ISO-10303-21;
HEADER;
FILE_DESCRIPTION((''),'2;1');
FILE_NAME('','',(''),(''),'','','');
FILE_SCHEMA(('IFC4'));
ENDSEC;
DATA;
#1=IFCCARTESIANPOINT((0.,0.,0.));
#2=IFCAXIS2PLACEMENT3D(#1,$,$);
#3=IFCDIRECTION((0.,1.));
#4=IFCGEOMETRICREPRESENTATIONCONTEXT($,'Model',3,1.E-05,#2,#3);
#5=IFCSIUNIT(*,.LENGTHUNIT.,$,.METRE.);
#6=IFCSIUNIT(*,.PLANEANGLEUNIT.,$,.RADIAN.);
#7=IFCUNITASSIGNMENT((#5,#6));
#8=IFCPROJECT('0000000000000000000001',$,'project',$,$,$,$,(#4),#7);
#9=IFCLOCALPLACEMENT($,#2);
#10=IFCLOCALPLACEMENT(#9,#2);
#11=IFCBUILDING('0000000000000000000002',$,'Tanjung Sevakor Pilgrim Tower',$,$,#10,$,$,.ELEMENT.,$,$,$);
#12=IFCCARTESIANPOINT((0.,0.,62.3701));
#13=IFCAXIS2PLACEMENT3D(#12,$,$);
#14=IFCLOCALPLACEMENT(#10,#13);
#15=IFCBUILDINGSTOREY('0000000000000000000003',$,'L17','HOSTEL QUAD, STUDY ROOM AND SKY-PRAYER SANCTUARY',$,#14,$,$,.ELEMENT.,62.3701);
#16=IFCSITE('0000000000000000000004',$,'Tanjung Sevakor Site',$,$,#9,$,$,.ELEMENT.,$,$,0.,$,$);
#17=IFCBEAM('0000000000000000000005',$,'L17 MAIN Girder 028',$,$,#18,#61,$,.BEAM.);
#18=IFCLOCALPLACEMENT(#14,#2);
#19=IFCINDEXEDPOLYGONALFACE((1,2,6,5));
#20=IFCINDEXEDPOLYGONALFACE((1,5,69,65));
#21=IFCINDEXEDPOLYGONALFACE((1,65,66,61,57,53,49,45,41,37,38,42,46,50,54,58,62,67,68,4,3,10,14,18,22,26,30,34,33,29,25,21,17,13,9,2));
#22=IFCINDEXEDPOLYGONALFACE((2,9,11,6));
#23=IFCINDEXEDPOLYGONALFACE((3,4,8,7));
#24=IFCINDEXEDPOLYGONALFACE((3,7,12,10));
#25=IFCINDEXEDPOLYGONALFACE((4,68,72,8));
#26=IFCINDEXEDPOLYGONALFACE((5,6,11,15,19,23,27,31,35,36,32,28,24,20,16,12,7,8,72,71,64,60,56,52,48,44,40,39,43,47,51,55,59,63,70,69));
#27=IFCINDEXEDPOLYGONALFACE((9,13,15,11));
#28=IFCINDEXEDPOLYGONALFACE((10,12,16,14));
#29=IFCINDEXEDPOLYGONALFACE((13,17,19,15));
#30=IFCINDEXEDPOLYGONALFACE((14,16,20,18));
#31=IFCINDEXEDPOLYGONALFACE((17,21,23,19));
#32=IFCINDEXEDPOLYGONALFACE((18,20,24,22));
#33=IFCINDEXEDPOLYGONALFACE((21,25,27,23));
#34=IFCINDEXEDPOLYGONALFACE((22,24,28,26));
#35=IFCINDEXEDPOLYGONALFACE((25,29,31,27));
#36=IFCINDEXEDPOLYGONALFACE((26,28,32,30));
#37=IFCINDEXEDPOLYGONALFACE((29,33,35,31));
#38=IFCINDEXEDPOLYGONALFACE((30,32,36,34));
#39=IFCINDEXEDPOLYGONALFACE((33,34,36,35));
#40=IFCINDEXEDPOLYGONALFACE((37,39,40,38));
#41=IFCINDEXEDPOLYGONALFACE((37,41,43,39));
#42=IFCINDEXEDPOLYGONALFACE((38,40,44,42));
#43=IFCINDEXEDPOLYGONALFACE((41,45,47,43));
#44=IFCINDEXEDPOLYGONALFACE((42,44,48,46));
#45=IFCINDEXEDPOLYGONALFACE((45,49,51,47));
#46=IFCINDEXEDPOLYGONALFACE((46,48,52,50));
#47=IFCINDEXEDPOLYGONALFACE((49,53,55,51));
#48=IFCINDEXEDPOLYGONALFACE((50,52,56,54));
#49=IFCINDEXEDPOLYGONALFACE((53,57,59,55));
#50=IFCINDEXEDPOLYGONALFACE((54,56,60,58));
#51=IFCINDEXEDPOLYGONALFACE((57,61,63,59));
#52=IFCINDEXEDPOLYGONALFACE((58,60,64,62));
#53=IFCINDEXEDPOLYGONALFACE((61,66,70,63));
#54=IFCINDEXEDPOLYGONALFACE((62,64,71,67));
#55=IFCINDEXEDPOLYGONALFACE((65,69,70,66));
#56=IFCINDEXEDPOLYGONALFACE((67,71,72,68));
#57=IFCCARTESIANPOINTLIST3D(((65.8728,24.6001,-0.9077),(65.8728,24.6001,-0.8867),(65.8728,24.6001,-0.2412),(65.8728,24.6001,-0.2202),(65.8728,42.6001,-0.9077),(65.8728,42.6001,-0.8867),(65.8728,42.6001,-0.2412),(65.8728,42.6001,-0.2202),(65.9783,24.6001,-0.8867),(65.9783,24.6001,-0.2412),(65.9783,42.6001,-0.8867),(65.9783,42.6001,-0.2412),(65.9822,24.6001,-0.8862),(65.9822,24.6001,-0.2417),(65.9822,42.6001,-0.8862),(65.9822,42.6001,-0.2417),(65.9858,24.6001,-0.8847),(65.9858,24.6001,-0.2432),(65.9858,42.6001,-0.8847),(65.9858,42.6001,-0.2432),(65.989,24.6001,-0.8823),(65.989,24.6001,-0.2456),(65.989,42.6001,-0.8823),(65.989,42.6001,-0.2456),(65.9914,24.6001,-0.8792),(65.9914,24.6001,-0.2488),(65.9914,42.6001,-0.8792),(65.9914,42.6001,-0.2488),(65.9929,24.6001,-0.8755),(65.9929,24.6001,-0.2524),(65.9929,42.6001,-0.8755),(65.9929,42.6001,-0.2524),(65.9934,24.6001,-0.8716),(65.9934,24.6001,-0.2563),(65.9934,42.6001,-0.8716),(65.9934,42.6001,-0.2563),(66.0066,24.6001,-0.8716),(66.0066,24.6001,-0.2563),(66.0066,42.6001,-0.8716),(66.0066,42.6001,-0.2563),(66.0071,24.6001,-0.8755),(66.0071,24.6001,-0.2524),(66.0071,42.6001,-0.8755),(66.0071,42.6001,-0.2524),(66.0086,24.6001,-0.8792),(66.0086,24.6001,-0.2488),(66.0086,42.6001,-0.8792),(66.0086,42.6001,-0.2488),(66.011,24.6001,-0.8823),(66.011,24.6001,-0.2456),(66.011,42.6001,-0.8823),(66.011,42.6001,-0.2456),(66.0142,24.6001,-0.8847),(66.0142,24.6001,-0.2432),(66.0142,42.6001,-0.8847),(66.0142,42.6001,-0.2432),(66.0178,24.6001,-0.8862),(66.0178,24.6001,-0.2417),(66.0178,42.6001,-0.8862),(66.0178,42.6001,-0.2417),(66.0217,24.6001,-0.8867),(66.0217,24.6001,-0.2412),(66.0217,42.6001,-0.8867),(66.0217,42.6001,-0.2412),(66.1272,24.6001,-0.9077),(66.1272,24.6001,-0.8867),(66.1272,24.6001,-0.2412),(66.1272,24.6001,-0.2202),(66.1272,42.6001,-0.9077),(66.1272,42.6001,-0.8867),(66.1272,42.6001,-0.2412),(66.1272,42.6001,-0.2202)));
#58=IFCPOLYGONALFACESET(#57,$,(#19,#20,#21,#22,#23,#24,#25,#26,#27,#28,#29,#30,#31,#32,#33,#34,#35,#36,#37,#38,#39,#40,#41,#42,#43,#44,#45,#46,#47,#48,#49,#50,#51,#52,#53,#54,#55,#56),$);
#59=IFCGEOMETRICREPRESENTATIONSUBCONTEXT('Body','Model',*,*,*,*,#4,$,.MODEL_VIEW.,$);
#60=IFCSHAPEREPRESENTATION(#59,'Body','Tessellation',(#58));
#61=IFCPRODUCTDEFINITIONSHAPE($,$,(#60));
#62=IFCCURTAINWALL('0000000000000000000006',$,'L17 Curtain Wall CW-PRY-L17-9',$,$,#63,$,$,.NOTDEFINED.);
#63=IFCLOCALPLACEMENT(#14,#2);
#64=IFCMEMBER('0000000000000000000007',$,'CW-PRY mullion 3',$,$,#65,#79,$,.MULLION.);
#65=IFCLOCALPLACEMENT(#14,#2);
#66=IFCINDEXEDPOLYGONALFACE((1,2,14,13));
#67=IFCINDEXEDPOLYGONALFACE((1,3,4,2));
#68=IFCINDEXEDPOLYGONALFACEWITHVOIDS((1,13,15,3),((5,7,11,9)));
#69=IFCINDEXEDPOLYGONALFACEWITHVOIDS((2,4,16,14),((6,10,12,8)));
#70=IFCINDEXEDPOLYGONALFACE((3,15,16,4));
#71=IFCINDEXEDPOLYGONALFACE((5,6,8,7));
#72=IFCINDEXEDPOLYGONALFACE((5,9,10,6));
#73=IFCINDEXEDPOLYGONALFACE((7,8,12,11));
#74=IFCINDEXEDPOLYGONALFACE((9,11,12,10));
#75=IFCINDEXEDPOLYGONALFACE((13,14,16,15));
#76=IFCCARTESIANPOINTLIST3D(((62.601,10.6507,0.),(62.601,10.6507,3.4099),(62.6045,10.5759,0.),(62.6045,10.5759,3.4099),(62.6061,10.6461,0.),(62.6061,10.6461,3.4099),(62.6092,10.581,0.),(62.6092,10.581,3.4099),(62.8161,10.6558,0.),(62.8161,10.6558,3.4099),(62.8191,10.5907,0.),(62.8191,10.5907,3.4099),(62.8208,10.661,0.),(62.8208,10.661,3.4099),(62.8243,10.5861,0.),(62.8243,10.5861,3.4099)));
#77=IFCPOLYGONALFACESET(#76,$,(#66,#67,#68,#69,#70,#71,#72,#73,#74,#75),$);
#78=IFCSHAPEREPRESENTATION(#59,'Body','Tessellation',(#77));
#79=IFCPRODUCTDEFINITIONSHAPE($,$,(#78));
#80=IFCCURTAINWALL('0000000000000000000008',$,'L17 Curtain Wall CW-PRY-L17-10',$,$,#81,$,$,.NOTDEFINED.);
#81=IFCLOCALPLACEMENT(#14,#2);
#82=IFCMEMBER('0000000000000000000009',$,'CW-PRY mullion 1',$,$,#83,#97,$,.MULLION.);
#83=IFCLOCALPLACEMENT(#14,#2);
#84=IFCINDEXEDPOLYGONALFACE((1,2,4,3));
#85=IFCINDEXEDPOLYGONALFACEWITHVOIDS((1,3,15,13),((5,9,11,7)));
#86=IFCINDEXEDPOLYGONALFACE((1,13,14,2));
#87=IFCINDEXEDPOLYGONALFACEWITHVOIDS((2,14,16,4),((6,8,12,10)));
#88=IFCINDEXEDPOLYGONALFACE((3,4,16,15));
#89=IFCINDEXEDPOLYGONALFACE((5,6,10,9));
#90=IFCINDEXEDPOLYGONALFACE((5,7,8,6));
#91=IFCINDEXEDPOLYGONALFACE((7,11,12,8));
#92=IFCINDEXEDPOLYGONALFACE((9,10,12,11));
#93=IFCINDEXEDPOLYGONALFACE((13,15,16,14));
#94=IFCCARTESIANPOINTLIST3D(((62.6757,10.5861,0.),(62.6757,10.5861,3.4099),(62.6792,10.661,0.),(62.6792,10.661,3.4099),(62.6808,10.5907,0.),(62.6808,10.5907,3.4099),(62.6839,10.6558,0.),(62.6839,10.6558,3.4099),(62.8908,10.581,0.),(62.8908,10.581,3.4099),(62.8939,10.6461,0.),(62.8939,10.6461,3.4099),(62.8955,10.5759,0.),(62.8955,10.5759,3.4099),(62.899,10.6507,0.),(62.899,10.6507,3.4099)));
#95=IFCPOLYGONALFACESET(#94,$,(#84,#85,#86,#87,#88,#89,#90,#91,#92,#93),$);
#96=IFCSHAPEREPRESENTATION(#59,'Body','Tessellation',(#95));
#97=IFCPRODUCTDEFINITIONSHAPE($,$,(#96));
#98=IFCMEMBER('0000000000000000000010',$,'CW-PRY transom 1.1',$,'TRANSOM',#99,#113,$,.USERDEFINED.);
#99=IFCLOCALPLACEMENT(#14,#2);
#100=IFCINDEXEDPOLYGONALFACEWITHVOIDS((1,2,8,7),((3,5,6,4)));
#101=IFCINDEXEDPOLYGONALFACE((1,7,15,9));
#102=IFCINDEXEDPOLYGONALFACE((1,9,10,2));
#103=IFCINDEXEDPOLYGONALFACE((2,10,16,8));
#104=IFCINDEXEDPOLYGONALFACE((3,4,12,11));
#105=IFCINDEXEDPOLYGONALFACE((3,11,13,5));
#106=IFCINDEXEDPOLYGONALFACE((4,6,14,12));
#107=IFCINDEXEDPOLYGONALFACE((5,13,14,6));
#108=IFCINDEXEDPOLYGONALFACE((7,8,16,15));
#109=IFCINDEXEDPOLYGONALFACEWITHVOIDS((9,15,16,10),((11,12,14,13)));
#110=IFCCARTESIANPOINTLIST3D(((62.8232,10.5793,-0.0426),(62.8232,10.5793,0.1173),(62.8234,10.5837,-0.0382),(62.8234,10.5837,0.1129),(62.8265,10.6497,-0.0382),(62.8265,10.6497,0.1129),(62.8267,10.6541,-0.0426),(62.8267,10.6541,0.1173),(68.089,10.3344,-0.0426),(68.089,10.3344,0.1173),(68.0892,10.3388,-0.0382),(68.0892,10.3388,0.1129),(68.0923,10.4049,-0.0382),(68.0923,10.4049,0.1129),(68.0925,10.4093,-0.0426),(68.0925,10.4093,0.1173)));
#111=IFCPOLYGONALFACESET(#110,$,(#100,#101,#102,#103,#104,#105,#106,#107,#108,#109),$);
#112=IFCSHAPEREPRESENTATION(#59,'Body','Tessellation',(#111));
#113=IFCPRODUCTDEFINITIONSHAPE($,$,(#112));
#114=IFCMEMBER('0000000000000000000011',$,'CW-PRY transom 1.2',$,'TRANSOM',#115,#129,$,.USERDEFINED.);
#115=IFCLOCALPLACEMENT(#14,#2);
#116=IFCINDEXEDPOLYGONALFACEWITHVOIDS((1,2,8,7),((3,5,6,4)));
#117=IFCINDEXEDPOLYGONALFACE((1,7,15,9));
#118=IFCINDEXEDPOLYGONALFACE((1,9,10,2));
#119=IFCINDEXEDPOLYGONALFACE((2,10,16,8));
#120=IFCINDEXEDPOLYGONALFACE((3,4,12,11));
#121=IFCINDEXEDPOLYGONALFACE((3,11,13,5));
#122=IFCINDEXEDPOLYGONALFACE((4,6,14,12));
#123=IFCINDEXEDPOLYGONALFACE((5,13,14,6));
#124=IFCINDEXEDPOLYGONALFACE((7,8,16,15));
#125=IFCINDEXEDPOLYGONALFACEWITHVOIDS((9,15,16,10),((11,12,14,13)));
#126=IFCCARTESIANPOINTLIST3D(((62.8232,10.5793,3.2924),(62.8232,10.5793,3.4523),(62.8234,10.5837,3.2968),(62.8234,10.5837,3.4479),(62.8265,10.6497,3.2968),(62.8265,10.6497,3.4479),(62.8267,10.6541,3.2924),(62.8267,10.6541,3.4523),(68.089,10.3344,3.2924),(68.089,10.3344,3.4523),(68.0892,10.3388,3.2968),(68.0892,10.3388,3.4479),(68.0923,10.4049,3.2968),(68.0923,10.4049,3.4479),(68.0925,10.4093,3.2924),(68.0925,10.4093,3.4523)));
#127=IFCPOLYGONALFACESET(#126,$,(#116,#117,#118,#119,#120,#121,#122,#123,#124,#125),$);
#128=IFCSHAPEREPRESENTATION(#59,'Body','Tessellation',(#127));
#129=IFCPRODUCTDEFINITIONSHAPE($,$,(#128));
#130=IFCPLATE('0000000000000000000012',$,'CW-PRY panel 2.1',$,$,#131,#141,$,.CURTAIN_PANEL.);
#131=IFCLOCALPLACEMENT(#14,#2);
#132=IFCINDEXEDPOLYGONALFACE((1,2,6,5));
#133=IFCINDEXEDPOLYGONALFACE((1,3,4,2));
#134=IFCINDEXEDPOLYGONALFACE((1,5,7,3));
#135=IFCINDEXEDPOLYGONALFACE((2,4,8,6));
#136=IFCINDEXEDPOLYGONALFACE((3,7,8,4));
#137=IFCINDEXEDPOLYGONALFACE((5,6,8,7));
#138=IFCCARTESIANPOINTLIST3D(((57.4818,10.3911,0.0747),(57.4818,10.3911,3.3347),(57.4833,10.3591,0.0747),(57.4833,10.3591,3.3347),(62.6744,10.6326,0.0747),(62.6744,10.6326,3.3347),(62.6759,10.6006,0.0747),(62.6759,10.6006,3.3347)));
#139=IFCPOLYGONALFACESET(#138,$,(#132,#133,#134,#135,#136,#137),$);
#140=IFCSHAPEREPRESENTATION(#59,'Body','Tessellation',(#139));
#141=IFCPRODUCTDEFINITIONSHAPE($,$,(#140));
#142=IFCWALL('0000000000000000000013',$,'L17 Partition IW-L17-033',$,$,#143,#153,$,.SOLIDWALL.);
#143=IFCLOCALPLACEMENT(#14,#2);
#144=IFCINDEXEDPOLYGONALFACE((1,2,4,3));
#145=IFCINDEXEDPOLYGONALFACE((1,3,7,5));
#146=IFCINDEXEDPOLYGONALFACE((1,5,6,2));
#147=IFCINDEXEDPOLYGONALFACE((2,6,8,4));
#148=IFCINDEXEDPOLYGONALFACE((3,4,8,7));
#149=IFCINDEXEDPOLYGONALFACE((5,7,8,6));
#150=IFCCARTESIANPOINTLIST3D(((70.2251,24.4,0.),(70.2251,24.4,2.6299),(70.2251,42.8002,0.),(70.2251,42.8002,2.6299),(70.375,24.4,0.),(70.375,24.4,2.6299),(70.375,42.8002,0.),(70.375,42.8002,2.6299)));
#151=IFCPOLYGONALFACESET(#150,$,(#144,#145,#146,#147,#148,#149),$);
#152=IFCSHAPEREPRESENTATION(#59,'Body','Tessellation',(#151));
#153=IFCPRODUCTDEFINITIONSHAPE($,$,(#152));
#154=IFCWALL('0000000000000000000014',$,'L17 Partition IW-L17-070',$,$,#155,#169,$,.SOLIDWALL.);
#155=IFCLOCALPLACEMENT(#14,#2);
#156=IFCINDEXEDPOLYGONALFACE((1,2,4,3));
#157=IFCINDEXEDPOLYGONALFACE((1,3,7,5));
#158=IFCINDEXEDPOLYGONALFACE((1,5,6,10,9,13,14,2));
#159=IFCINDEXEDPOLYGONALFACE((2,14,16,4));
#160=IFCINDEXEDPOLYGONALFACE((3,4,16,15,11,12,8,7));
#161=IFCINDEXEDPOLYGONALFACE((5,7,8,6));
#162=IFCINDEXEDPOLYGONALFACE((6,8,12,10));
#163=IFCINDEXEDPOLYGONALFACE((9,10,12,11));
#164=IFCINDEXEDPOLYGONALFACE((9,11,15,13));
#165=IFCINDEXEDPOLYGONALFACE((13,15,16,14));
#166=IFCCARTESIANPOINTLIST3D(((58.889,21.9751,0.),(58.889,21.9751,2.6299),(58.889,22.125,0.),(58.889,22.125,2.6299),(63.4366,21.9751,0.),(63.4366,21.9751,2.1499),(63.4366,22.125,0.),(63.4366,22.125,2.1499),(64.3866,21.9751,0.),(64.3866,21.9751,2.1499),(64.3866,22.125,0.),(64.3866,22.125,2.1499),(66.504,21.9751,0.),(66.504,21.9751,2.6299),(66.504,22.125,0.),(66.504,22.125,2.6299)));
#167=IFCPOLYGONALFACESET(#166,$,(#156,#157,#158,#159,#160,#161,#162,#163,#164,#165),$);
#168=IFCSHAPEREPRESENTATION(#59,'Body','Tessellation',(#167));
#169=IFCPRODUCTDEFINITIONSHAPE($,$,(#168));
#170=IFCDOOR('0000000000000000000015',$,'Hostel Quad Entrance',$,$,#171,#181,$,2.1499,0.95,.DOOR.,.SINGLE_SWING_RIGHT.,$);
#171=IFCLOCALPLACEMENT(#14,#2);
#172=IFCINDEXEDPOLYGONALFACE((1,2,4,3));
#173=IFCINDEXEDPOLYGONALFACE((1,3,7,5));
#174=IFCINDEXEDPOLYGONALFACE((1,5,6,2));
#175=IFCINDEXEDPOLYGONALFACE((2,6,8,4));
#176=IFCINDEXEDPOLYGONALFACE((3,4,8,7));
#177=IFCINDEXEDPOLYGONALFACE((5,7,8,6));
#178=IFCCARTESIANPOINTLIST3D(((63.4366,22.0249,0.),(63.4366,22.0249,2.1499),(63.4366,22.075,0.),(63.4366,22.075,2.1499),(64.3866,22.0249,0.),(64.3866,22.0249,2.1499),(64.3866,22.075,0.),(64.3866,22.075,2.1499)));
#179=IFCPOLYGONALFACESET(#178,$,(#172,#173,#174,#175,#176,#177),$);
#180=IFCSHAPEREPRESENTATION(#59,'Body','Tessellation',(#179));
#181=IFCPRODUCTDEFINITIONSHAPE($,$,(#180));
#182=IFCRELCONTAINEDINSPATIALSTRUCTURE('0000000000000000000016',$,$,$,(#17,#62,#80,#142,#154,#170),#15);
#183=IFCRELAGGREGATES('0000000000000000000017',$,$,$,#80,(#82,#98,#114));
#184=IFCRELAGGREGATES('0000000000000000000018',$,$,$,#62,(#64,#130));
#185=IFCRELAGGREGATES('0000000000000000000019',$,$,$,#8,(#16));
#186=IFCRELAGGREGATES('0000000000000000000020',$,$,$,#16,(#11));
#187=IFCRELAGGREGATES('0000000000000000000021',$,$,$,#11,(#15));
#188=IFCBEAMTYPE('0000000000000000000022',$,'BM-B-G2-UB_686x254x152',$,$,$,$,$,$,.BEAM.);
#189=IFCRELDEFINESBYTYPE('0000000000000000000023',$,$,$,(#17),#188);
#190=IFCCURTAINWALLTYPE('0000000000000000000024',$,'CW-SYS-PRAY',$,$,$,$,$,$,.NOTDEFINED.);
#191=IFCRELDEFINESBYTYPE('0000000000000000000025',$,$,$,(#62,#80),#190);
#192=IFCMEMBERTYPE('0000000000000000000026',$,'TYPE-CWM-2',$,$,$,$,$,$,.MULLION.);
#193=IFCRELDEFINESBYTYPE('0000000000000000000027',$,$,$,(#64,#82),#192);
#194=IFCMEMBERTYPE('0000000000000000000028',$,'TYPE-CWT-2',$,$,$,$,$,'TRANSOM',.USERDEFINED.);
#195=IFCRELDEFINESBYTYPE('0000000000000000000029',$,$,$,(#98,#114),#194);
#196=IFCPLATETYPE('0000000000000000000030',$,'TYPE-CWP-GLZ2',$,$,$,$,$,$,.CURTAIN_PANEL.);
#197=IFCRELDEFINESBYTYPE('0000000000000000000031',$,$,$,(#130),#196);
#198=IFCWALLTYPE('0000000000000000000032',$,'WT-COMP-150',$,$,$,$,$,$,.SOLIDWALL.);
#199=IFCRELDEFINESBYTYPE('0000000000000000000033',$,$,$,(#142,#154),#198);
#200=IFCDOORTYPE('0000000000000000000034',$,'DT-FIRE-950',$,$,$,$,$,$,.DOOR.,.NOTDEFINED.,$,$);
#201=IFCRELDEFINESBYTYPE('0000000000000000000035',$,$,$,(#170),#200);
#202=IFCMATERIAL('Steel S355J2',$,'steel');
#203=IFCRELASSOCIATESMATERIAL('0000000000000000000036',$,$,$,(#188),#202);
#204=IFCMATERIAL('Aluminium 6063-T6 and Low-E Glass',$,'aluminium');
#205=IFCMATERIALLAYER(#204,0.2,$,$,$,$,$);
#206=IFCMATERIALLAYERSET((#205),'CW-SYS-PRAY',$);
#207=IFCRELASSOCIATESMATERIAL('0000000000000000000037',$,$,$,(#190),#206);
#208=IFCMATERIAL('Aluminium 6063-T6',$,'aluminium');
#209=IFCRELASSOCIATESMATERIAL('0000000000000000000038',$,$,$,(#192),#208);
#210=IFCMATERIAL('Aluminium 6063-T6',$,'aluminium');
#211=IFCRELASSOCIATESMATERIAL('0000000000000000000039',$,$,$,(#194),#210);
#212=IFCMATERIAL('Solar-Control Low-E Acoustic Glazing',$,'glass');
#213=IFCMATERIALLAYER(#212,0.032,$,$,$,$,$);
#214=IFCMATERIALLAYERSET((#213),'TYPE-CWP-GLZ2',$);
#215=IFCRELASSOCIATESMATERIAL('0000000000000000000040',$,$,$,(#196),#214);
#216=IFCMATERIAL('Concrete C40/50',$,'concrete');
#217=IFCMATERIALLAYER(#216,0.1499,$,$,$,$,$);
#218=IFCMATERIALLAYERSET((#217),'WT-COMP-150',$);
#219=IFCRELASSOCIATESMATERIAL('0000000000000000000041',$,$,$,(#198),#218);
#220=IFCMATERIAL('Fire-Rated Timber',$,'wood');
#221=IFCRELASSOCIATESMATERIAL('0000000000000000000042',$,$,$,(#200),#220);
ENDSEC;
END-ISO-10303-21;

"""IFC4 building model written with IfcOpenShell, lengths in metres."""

from ifc_helpers import new_model, si_unit, direction, frame, frame_2d, origin, origin_2d, place, context, subcontext, project, spatial, rectangle, hollow_rectangle, i_section, extrude, material, layer, layer_set, material_profile, profile_set, type_object, element, fill, aggregate, save


model = new_model("IFC4")

# Units and contexts
model_context = context("Model", 3, precision=1e-05, world=origin(), true_north=direction((0.0, 1.0)))
body_context = subcontext(model_context, "Body", "Model", "MODEL_VIEW")
ifc_project = project(units=[si_unit("LENGTHUNIT", "METRE"), si_unit("PLANEANGLEUNIT", "RADIAN")], contexts=[model_context])

# Site, building, storey
site_placement = place(None, origin())
site = spatial("IfcSite", under=ifc_project, at=site_placement, Name="Tanjung Sevakor Site", CompositionType="ELEMENT", RefElevation=0.0)
building_placement = place(site_placement, origin())
building = spatial("IfcBuilding", under=site, at=building_placement, Name="Tanjung Sevakor Pilgrim Tower", CompositionType="ELEMENT")
storey_placement = place(building_placement, frame((0.0, 0.0, 62.3701)))
storey = spatial("IfcBuildingStorey", under=building, at=storey_placement, Name="L17", Description="HOSTEL QUAD, STUDY ROOM AND SKY-PRAYER SANCTUARY", CompositionType="ELEMENT", Elevation=62.3701)

# Beam
ifc_material_1 = material(Name="Steel S355J2", Category="steel")
ifc_material_profile_1 = material_profile(ifc_material_1, i_section(OverallWidth=0.2544, OverallDepth=0.6875, WebThickness=0.0132, FlangeThickness=0.021, FilletRadius=0.0151, at=origin_2d()))
ifc_profile_set_1 = profile_set([ifc_material_profile_1], Name="Steel S355J2")
beam_type_1 = type_object("IfcBeamType", Name="BM-B-G2-UB_686x254x152", PredefinedType="BEAM", material=ifc_profile_set_1)
for number, where, z_axis, x_axis, name in (
    (1, (66.0, 24.6001, -0.564), (0.0, 1.0, 0.0), (-1.0, 0.0, 0.0), "L17 MAIN Girder 028"),
):
    element("IfcBeam", number, at=place(storey_placement, frame(where, z_axis=z_axis, x_axis=x_axis)), inside=storey, type_object=beam_type_1, Name=name, PredefinedType="BEAM", context=body_context, shape_type="SweptSolid", body=[
        extrude(i_section(OverallWidth=0.2544, OverallDepth=0.6875, WebThickness=0.0132, FlangeThickness=0.021, FilletRadius=0.0151, at=origin_2d()), origin(), (0.0, 0.0, 1.0), 18.0),
    ])

# Curtain wall, member
ifc_material_2 = material(Name="Aluminium 6063-T6 and Low-E Glass", Category="aluminium")
ifc_layer_1 = layer(ifc_material_2, 0.2)
ifc_layer_set_1 = layer_set([ifc_layer_1], Name="CW-SYS-PRAY")
curtain_wall_type = type_object("IfcCurtainWallType", Name="CW-SYS-PRAY", PredefinedType="NOTDEFINED", material=ifc_layer_set_1)
curtain_wall_1_placement = place(storey_placement, origin())
curtain_wall_1 = element("IfcCurtainWall", 2, at=curtain_wall_1_placement, inside=storey, type_object=curtain_wall_type, Name="L17 Curtain Wall CW-PRY-L17-9", PredefinedType="NOTDEFINED")
ifc_material_3 = material(Name="Aluminium 6063-T6", Category="aluminium")
ifc_material_profile_2 = material_profile(ifc_material_3, hollow_rectangle(XDim=0.075, YDim=0.22, WallThickness=0.0049, at=origin_2d()))
ifc_profile_set_2 = profile_set([ifc_material_profile_2], Name="Aluminium 6063-T6")
member_type_1 = type_object("IfcMemberType", Name="TYPE-CWM-2", PredefinedType="MULLION", material=ifc_profile_set_2)
member_1_placement = place(storey_placement, frame((62.7126, 10.6184, 0.0), z_axis=(0.0, 0.0, 1.0), x_axis=(-0.046462, 0.99892, 0.0)))
member_1 = element("IfcMember", 3, at=member_1_placement, type_object=member_type_1, Name="CW-PRY mullion 3", PredefinedType="MULLION", context=body_context, shape_type="SweptSolid", body=[
    extrude(hollow_rectangle(XDim=0.075, YDim=0.22, WallThickness=0.0049, at=origin_2d()), origin(), (0.0, 0.0, 1.0), 3.4099),
])

# Curtain wall, members
curtain_wall_2_placement = place(storey_placement, origin())
curtain_wall_2 = element("IfcCurtainWall", 4, at=curtain_wall_2_placement, inside=storey, type_object=curtain_wall_type, Name="L17 Curtain Wall CW-PRY-L17-10", PredefinedType="NOTDEFINED")
member_2_placement = place(storey_placement, frame((62.7874, 10.6184, 0.0), z_axis=(0.0, 0.0, 1.0), x_axis=(0.04647, 0.99892, 0.0)))
member_2 = element("IfcMember", 5, at=member_2_placement, type_object=member_type_1, Name="CW-PRY mullion 1", PredefinedType="MULLION", context=body_context, shape_type="SweptSolid", body=[
    extrude(hollow_rectangle(XDim=0.075, YDim=0.22, WallThickness=0.0049, at=origin_2d()), origin(), (0.0, 0.0, 1.0), 3.4099),
])
ifc_material_4 = material(Name="Aluminium 6063-T6", Category="aluminium")
ifc_material_profile_3 = material_profile(ifc_material_4, hollow_rectangle(XDim=0.075, YDim=0.1599, WallThickness=0.0044, at=origin_2d()))
ifc_profile_set_3 = profile_set([ifc_material_profile_3], Name="Aluminium 6063-T6")
member_type_2 = type_object("IfcMemberType", Name="TYPE-CWT-2", ElementType="TRANSOM", PredefinedType="USERDEFINED", material=ifc_profile_set_3)
member_3_placement = place(storey_placement, frame((62.825, 10.6167, 0.0374), z_axis=(0.998921, -0.046452, 0.0), x_axis=(0.046452, 0.998921, 0.0)))
member_3 = element("IfcMember", 6, at=member_3_placement, type_object=member_type_2, Name="CW-PRY transom 1.1", ObjectType="TRANSOM", PredefinedType="USERDEFINED", context=body_context, shape_type="SweptSolid", body=[
    extrude(hollow_rectangle(XDim=0.075, YDim=0.1599, WallThickness=0.0044, at=origin_2d()), origin(), (0.0, 0.0, 1.0), 5.2715),
])
member_4_placement = place(storey_placement, frame((62.825, 10.6167, 3.3723), z_axis=(0.998921, -0.046452, 0.0), x_axis=(0.046452, 0.998921, 0.0)))
member_4 = element("IfcMember", 7, at=member_4_placement, type_object=member_type_2, Name="CW-PRY transom 1.2", ObjectType="TRANSOM", PredefinedType="USERDEFINED", context=body_context, shape_type="SweptSolid", body=[
    extrude(hollow_rectangle(XDim=0.075, YDim=0.1599, WallThickness=0.0044, at=origin_2d()), origin(), (0.0, 0.0, 1.0), 5.2715),
])
aggregate(curtain_wall_2, [member_2, member_3, member_4])

# Plate
ifc_material_5 = material(Name="Solar-Control Low-E Acoustic Glazing", Category="glass")
ifc_layer_2 = layer(ifc_material_5, 0.032)
ifc_layer_set_2 = layer_set([ifc_layer_2], Name="TYPE-CWP-GLZ2")
plate_type = type_object("IfcPlateType", Name="TYPE-CWP-GLZ2", PredefinedType="CURTAIN_PANEL", material=ifc_layer_set_2)
plate_placement = place(storey_placement, frame((60.0789, 10.4958, 0.0747), z_axis=(0.0, 0.0, 1.0), x_axis=(0.99892, 0.046462, 0.0)))
plate = element("IfcPlate", 8, at=plate_placement, type_object=plate_type, Name="CW-PRY panel 2.1", PredefinedType="CURTAIN_PANEL", context=body_context, shape_type="SweptSolid", body=[
    extrude(rectangle(XDim=5.1982, YDim=0.032, at=origin_2d()), origin(), (0.0, 0.0, 1.0), 3.26),
])
aggregate(curtain_wall_1, [member_1, plate])

# Wall
ifc_material_6 = material(Name="Concrete C40/50", Category="concrete")
ifc_layer_3 = layer(ifc_material_6, 0.1499)
ifc_layer_set_3 = layer_set([ifc_layer_3], Name="WT-COMP-150")
wall_type_1 = type_object("IfcWallType", Name="WT-COMP-150", PredefinedType="SOLIDWALL", material=ifc_layer_set_3)
wall_1_placement = place(storey_placement, frame((70.3, 24.3999, 0.0), z_axis=(0.0, 0.0, 1.0), x_axis=(0.0, 1.0, 0.0)))
element("IfcWall", 9, at=wall_1_placement, inside=storey, type_object=wall_type_1, Name="L17 Partition IW-L17-033", PredefinedType="SOLIDWALL", context=body_context, shape_type="SweptSolid", body=[
    extrude(rectangle(XDim=18.4001, YDim=0.1499, at=frame_2d((9.2002, 0.0))), origin(), (0.0, 0.0, 1.0), 2.6299),
])

# Wall, opening, door
wall_2_placement = place(storey_placement, frame((58.8889, 22.05, 0.0), z_axis=(0.0, 0.0, 1.0), x_axis=(1.0, 0.0, 0.0)))
wall_2 = element("IfcWall", 10, at=wall_2_placement, inside=storey, type_object=wall_type_1, Name="L17 Partition IW-L17-070", PredefinedType="SOLIDWALL", context=body_context, shape_type="SweptSolid", body=[
    extrude(rectangle(XDim=7.615, YDim=0.1499, at=frame_2d((3.8076, 0.0))), origin(), (0.0, 0.0, 1.0), 2.6299),
])
opening_1_placement = place(wall_2_placement, frame((4.5476, 0.0, 0.0)))
opening_1 = element("IfcOpeningElement", 11, at=opening_1_placement, cuts=wall_2, PredefinedType="OPENING", context=body_context, shape_type="SweptSolid", body=[
    extrude(rectangle(XDim=0.95, YDim=2.1499, at=frame_2d((0.4751, 1.075))), frame((0.0, 0.085, 0.0), z_axis=(0.0, -1.0, 0.0), x_axis=(1.0, 0.0, 0.0)), (0.0, 0.0, 1.0), 0.1699),
])
ifc_material_7 = material(Name="Fire-Rated Timber", Category="wood")
door_type_1 = type_object("IfcDoorType", Name="DT-FIRE-950", OperationType="NOTDEFINED", PredefinedType="DOOR", material=ifc_material_7)
door_1_placement = place(opening_1_placement, origin())
door_1 = element("IfcDoor", 12, at=door_1_placement, inside=storey, type_object=door_type_1, Name="Hostel Quad Entrance", OperationType="SINGLE_SWING_RIGHT", OverallHeight=2.1499, OverallWidth=0.95, PredefinedType="DOOR", context=body_context, shape_type="SweptSolid", body=[
    extrude(rectangle(XDim=0.95, YDim=2.1499, at=frame_2d((0.4751, 1.075))), frame((0.0, 0.0249, 0.0), z_axis=(0.0, -1.0, 0.0), x_axis=(1.0, 0.0, 0.0)), (0.0, 0.0, 1.0), 0.05),
])
fill(opening_1, door_1)

save(model, "model.ifc")
